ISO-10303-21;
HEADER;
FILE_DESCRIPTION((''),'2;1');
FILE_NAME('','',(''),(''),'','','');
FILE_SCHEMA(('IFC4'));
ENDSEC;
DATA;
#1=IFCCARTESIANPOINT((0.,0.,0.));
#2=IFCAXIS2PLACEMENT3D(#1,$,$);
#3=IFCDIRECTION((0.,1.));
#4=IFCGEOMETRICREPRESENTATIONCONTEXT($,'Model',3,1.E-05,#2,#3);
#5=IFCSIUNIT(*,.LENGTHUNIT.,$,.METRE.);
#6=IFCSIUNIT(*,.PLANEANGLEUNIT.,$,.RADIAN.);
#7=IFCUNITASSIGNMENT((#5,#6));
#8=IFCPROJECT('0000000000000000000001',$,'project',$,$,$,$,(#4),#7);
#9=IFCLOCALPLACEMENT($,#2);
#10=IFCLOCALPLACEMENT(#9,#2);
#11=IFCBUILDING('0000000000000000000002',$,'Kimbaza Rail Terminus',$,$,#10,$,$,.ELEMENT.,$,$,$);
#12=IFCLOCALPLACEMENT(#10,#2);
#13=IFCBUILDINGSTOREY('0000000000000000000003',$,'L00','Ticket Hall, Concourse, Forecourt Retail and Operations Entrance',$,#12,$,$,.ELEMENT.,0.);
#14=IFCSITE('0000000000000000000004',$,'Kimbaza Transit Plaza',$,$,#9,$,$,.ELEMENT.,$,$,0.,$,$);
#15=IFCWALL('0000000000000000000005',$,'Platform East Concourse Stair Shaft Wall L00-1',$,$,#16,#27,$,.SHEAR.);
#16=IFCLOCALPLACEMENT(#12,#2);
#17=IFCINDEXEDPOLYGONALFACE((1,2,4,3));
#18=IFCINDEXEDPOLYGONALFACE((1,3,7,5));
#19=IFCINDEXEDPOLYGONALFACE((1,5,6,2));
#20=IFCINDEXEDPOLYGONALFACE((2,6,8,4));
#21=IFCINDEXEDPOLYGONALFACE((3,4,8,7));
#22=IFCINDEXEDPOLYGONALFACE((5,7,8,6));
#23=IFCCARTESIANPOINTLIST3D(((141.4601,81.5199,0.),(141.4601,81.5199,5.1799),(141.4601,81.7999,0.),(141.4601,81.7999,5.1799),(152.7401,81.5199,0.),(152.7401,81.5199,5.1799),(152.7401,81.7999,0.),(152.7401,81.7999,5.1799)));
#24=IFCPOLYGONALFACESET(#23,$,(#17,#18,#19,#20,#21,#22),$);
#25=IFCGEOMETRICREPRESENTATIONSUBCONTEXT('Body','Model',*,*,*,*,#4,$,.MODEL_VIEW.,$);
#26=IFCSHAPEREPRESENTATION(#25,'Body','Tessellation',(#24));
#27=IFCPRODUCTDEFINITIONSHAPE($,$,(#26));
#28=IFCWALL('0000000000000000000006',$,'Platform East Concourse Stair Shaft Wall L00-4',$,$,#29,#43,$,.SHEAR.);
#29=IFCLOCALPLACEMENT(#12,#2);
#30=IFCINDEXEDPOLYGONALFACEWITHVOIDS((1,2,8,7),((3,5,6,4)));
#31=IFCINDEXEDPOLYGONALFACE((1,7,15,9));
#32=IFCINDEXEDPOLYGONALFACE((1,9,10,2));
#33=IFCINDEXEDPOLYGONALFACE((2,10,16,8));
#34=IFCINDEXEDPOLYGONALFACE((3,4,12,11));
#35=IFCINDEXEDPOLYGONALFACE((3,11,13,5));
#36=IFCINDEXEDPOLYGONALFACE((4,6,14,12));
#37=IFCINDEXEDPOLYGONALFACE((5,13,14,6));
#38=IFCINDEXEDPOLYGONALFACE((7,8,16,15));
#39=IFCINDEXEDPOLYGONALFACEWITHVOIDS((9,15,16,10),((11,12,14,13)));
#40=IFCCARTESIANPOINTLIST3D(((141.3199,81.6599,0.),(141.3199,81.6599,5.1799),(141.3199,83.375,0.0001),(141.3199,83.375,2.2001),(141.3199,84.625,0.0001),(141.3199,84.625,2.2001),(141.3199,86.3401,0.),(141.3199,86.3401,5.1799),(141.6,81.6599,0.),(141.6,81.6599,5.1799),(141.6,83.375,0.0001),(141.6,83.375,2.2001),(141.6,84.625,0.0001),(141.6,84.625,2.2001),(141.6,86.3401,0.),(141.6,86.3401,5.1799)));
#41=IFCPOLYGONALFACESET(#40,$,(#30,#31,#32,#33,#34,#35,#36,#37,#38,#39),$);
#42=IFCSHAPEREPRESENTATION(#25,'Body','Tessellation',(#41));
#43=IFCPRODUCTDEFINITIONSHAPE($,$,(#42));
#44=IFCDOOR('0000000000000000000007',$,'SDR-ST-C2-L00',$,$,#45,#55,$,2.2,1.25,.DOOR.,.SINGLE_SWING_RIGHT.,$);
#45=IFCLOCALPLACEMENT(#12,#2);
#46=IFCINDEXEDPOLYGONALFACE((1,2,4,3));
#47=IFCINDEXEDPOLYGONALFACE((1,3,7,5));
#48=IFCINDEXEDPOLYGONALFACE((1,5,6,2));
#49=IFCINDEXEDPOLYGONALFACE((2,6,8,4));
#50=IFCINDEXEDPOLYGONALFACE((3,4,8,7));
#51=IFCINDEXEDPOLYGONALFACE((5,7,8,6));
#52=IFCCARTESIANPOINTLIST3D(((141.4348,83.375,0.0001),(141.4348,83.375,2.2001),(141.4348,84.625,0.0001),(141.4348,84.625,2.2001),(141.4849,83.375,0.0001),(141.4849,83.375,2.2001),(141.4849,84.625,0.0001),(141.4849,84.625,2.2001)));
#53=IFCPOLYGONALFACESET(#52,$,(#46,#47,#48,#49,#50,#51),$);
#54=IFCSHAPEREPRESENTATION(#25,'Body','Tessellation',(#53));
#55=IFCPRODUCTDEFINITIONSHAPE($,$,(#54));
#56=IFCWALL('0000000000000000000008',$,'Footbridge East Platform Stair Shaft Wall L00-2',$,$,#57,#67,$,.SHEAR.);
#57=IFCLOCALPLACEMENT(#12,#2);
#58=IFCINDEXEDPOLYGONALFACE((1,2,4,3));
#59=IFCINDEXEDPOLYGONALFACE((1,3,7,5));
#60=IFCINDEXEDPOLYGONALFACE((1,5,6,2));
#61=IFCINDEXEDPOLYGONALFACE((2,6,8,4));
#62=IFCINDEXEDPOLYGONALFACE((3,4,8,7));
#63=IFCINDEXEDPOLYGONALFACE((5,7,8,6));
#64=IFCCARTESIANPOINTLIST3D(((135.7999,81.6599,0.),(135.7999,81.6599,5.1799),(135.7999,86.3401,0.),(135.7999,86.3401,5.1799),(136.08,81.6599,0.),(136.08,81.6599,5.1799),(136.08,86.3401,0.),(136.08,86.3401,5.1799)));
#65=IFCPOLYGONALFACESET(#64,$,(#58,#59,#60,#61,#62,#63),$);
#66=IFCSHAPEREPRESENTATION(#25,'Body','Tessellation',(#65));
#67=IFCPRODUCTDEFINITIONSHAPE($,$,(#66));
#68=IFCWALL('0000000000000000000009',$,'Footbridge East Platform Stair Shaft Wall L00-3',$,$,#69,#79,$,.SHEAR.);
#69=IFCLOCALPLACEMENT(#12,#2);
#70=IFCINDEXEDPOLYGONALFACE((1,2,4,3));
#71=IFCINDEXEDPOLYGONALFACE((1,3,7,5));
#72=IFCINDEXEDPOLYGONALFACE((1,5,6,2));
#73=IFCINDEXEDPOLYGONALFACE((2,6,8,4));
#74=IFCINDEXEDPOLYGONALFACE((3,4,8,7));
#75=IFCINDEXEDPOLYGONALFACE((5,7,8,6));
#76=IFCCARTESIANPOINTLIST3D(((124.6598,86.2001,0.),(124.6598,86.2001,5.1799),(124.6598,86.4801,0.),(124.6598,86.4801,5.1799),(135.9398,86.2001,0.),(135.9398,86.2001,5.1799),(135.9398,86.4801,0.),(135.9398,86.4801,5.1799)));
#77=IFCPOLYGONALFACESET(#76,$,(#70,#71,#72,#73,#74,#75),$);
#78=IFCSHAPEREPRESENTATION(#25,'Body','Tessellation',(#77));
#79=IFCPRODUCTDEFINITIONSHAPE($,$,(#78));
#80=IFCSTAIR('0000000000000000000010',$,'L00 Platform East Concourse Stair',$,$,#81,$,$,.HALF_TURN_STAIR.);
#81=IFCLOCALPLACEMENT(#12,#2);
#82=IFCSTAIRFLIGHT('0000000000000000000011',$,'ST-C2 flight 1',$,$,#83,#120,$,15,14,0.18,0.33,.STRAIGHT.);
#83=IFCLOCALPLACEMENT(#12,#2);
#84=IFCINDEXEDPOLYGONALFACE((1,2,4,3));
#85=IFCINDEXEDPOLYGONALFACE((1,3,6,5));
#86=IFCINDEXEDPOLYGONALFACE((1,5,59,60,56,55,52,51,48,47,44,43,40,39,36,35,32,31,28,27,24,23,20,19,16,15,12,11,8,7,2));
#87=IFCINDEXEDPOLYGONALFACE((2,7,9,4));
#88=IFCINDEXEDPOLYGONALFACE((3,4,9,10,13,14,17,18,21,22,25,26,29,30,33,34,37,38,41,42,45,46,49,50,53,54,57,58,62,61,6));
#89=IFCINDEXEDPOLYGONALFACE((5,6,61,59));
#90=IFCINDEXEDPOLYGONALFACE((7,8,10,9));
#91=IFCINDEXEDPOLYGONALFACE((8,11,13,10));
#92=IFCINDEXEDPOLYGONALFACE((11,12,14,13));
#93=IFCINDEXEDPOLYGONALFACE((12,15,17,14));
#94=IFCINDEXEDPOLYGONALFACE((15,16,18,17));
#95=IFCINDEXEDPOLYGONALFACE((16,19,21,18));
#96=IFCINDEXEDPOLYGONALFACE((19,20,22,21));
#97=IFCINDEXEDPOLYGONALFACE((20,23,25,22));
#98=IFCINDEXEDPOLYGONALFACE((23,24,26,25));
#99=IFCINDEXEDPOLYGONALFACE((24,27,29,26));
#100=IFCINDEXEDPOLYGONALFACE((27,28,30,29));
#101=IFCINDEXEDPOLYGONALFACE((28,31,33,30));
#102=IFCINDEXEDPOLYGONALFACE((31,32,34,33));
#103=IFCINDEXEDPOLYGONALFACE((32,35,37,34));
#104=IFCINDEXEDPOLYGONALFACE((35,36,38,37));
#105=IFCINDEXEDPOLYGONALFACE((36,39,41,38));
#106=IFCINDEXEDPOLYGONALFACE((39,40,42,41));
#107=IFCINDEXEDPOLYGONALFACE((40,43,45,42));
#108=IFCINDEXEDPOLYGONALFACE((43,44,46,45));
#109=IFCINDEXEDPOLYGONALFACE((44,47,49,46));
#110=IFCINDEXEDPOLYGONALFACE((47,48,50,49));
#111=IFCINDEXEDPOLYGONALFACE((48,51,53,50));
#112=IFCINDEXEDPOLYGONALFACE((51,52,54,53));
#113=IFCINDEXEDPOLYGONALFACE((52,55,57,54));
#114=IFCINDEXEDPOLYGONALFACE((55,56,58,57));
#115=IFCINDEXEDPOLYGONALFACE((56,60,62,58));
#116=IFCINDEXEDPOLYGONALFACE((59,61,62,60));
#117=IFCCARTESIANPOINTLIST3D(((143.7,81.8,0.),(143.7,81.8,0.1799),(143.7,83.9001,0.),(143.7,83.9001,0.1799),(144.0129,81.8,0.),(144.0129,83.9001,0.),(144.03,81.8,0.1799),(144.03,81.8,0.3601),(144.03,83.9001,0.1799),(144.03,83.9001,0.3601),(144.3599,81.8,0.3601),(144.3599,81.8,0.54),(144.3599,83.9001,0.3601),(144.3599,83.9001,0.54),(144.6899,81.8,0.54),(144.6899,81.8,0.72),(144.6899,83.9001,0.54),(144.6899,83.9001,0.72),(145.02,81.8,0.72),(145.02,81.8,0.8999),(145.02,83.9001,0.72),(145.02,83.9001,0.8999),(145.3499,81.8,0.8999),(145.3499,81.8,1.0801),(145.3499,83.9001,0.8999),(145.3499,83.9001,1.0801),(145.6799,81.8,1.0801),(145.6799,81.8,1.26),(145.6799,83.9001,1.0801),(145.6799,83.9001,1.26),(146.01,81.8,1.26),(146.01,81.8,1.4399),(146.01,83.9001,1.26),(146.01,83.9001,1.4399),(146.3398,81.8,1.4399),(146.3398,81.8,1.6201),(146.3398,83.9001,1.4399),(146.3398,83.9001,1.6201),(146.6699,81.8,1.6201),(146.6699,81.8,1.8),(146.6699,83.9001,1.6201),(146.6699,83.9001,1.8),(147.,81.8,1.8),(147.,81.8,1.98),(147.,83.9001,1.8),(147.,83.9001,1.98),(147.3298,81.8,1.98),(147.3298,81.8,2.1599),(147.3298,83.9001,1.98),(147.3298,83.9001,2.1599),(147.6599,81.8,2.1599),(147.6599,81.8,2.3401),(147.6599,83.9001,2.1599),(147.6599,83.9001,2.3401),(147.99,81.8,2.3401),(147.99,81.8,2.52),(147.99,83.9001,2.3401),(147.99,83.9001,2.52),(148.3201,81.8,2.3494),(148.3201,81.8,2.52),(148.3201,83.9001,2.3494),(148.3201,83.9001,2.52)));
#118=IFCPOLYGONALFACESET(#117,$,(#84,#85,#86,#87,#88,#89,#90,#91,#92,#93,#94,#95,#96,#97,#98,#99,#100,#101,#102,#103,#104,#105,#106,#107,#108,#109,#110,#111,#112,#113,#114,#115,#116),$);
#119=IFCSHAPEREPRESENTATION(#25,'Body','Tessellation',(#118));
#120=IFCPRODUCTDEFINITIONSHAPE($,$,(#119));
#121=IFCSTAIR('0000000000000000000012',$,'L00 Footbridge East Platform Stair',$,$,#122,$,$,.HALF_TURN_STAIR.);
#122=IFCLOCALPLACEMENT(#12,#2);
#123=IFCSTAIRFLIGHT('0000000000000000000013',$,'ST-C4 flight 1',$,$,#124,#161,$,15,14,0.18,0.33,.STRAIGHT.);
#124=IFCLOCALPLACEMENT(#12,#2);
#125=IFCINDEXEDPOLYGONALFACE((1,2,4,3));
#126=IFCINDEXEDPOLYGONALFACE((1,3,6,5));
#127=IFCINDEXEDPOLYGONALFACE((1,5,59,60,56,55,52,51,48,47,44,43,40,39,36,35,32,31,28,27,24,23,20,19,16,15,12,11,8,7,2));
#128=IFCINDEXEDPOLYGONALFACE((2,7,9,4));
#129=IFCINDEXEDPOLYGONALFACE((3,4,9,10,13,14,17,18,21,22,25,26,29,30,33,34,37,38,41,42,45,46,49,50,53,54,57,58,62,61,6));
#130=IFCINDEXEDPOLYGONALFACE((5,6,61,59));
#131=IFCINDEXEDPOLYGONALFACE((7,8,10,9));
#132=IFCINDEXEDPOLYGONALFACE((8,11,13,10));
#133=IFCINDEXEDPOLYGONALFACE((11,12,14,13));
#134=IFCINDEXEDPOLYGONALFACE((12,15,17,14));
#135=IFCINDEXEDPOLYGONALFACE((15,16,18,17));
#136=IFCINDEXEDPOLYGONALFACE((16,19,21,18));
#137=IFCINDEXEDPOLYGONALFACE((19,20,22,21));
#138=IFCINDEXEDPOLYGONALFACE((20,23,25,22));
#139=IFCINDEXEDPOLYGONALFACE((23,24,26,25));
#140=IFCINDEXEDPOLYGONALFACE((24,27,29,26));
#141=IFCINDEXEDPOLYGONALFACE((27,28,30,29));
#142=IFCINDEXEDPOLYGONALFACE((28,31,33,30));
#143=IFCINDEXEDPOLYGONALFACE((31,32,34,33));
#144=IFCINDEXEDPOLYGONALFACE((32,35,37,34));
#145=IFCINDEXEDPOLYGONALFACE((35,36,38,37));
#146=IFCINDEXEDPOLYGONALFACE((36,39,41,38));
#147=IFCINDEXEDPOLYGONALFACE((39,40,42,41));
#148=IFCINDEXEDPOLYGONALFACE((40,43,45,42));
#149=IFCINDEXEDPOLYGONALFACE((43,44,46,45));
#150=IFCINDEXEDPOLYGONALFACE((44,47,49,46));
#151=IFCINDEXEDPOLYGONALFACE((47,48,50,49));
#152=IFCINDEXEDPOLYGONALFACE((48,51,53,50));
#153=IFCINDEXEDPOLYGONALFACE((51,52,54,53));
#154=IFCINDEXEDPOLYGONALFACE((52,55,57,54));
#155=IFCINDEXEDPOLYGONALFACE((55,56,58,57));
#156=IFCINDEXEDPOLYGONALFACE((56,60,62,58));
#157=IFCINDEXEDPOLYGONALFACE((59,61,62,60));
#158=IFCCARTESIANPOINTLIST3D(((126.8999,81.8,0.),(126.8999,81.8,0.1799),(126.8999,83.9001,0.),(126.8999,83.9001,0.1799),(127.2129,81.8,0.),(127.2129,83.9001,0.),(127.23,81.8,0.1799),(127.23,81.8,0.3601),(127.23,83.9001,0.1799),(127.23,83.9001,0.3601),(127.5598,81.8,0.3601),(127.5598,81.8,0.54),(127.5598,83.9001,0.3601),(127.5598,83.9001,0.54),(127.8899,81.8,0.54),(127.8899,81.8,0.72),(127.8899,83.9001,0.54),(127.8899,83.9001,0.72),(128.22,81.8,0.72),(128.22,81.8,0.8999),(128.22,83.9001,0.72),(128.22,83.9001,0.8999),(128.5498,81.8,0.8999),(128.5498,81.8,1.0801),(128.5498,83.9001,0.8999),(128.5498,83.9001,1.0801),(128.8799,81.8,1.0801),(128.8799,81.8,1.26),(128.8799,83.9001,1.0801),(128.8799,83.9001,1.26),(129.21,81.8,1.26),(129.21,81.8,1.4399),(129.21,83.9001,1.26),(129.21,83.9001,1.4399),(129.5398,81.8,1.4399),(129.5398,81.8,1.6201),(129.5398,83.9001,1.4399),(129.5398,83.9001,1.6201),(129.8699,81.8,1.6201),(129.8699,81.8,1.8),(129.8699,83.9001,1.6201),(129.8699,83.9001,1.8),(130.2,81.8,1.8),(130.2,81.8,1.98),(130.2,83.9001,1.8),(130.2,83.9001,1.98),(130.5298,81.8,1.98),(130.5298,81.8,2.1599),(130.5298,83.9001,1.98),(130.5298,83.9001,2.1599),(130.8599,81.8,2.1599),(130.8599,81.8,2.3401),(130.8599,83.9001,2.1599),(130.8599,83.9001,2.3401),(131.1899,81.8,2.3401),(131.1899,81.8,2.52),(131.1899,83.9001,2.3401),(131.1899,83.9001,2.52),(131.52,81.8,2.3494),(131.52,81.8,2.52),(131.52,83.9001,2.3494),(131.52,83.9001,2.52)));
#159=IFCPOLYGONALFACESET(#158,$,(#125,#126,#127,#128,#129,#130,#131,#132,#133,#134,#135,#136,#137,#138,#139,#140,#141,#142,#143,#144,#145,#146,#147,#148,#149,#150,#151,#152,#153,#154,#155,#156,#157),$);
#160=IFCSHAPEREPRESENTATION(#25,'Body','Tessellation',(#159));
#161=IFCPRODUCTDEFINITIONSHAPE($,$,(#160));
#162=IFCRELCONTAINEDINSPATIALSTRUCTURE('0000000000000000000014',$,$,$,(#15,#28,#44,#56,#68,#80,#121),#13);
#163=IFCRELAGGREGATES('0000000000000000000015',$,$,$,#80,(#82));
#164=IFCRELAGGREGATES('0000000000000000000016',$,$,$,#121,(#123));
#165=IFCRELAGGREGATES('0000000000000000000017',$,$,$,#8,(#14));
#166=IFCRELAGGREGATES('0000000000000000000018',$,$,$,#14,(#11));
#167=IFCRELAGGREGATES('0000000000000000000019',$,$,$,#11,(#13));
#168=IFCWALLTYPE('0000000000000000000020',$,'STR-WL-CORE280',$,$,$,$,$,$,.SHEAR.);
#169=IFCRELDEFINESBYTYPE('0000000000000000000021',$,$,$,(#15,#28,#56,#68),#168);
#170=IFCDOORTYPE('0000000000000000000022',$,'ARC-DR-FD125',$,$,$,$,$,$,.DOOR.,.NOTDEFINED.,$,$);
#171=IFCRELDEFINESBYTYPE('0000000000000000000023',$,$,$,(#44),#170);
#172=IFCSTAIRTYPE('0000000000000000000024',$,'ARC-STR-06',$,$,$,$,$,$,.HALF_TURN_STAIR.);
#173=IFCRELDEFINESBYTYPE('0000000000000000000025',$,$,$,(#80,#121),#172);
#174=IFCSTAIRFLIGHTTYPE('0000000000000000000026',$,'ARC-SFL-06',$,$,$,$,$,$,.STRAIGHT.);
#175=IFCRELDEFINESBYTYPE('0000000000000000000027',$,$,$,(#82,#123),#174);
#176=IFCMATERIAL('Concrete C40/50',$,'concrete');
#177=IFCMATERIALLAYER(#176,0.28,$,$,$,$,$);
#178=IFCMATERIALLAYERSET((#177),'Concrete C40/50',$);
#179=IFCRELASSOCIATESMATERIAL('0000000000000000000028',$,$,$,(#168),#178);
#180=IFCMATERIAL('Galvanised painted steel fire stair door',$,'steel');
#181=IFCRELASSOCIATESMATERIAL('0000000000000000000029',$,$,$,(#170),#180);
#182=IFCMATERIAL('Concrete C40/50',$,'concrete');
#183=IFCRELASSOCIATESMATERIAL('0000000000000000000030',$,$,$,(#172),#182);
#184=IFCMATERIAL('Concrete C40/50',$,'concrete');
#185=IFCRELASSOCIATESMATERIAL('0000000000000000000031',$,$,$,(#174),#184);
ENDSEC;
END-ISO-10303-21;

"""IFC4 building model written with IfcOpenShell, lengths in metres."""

from ifc_helpers import new_model, si_unit, direction, frame, frame_2d, origin, place, context, subcontext, project, spatial, polyline, rectangle, outline, extrude, material, layer, layer_set, type_object, element, fill, aggregate, save


model = new_model("IFC4")

# Units and contexts
model_context = context("Model", 3, precision=1e-05, world=origin(), true_north=direction((0.0, 1.0)))
body_context = subcontext(model_context, "Body", "Model", "MODEL_VIEW")
ifc_project = project(units=[si_unit("LENGTHUNIT", "METRE"), si_unit("PLANEANGLEUNIT", "RADIAN")], contexts=[model_context])

# Site, building, storey
site_placement = place(None, origin())
site = spatial("IfcSite", under=ifc_project, at=site_placement, Name="Kimbaza Transit Plaza", CompositionType="ELEMENT", RefElevation=0.0)
building_placement = place(site_placement, origin())
building = spatial("IfcBuilding", under=site, at=building_placement, Name="Kimbaza Rail Terminus", CompositionType="ELEMENT")
storey_placement = place(building_placement, origin())
storey = spatial("IfcBuildingStorey", under=building, at=storey_placement, Name="L00", Description="Ticket Hall, Concourse, Forecourt Retail and Operations Entrance", CompositionType="ELEMENT", Elevation=0.0)

# Wall
ifc_material_1 = material(Name="Concrete C40/50", Category="concrete")
ifc_layer = layer(ifc_material_1, 0.28)
ifc_layer_set = layer_set([ifc_layer], Name="Concrete C40/50")
wall_type = type_object("IfcWallType", Name="STR-WL-CORE280", PredefinedType="SHEAR", material=ifc_layer_set)
wall_1_placement = place(storey_placement, frame((141.46, 81.6599, 0.0), z_axis=(0.0, 0.0, 1.0), x_axis=(1.0, 0.0, 0.0)))
element("IfcWall", 1, at=wall_1_placement, inside=storey, type_object=wall_type, Name="Platform East Concourse Stair Shaft Wall L00-1", PredefinedType="SHEAR", context=body_context, shape_type="SweptSolid", body=[
    extrude(rectangle(XDim=11.28, YDim=0.28, at=frame_2d((5.6401, 0.0))), origin(), (0.0, 0.0, 1.0), 5.1799),
])

# Wall, opening, door
wall_2_placement = place(storey_placement, frame((141.46, 86.3401, 0.0), z_axis=(0.0, 0.0, 1.0), x_axis=(0.0, -1.0, 0.0)))
wall_2 = element("IfcWall", 2, at=wall_2_placement, inside=storey, type_object=wall_type, Name="Platform East Concourse Stair Shaft Wall L00-4", PredefinedType="SHEAR", context=body_context, shape_type="SweptSolid", body=[
    extrude(rectangle(XDim=4.6802, YDim=0.28, at=frame_2d((2.3401, 0.0))), origin(), (0.0, 0.0, 1.0), 5.1799),
])
opening_placement = place(wall_2_placement, frame((1.7151, 0.0, 0.0)))
opening = element("IfcOpeningElement", 3, at=opening_placement, cuts=wall_2, PredefinedType="OPENING", context=body_context, shape_type="SweptSolid", body=[
    extrude(rectangle(XDim=1.25, YDim=2.2, at=frame_2d((0.625, 1.1001))), frame((0.0, 0.1499, 0.0), z_axis=(0.0, -1.0, 0.0), x_axis=(1.0, 0.0, 0.0)), (0.0, 0.0, 1.0), 0.3),
])
ifc_material_2 = material(Name="Galvanised painted steel fire stair door", Category="steel")
door_type = type_object("IfcDoorType", Name="ARC-DR-FD125", OperationType="NOTDEFINED", PredefinedType="DOOR", material=ifc_material_2)
door_placement = place(opening_placement, origin())
door = element("IfcDoor", 4, at=door_placement, inside=storey, type_object=door_type, Name="SDR-ST-C2-L00", OperationType="SINGLE_SWING_RIGHT", OverallHeight=2.2, OverallWidth=1.25, PredefinedType="DOOR", context=body_context, shape_type="SweptSolid", body=[
    extrude(rectangle(XDim=1.25, YDim=2.2, at=frame_2d((0.625, 1.1001))), frame((0.0, 0.0249, 0.0), z_axis=(0.0, -1.0, 0.0), x_axis=(1.0, 0.0, 0.0)), (0.0, 0.0, 1.0), 0.05),
])
fill(opening, door)

# Walls
wall_3_placement = place(storey_placement, frame((135.9399, 81.6599, 0.0), z_axis=(0.0, 0.0, 1.0), x_axis=(0.0, 1.0, 0.0)))
element("IfcWall", 5, at=wall_3_placement, inside=storey, type_object=wall_type, Name="Footbridge East Platform Stair Shaft Wall L00-2", PredefinedType="SHEAR", context=body_context, shape_type="SweptSolid", body=[
    extrude(rectangle(XDim=4.6802, YDim=0.28, at=frame_2d((2.3401, 0.0))), origin(), (0.0, 0.0, 1.0), 5.1799),
])
wall_4_placement = place(storey_placement, frame((135.9399, 86.3401, 0.0), z_axis=(0.0, 0.0, 1.0), x_axis=(-1.0, 0.0, 0.0)))
element("IfcWall", 6, at=wall_4_placement, inside=storey, type_object=wall_type, Name="Footbridge East Platform Stair Shaft Wall L00-3", PredefinedType="SHEAR", context=body_context, shape_type="SweptSolid", body=[
    extrude(rectangle(XDim=11.28, YDim=0.28, at=frame_2d((5.6401, 0.0))), origin(), (0.0, 0.0, 1.0), 5.1799),
])

# Stair, stair flight
ifc_material_3 = material(Name="Concrete C40/50", Category="concrete")
stair_type = type_object("IfcStairType", Name="ARC-STR-06", PredefinedType="HALF_TURN_STAIR", material=ifc_material_3)
stair_1_placement = place(storey_placement, origin())
stair_1 = element("IfcStair", 7, at=stair_1_placement, inside=storey, type_object=stair_type, Name="L00 Platform East Concourse Stair", PredefinedType="HALF_TURN_STAIR")
ifc_material_4 = material(Name="Concrete C40/50", Category="concrete")
stair_flight_type = type_object("IfcStairFlightType", Name="ARC-SFL-06", PredefinedType="STRAIGHT", material=ifc_material_4)
stair_flight_1_placement = place(storey_placement, frame((143.7, 82.8501, 0.0), z_axis=(0.0, 0.0, 1.0), x_axis=(1.0, 0.0, 0.0)))
stair_flight_1 = element("IfcStairFlight", 8, at=stair_flight_1_placement, type_object=stair_flight_type, Name="ST-C2 flight 1", NumberOfRisers=15, NumberOfTreads=14, PredefinedType="STRAIGHT", RiserHeight=0.18, TreadLength=0.33, context=body_context, shape_type="SweptSolid", body=[
    extrude(outline(polyline([(0.0, 0.0), (0.0, 0.1799), (0.3301, 0.1799), (0.3301, 0.3601), (0.6599, 0.3601), (0.6599, 0.54), (0.99, 0.54), (0.99, 0.72), (1.3201, 0.72), (1.3201, 0.8999), (1.6499, 0.8999), (1.6499, 1.0801), (1.98, 1.0801), (1.98, 1.26), (2.3101, 1.26), (2.3101, 1.4399), (2.6399, 1.4399), (2.6399, 1.6201), (2.97, 1.6201), (2.97, 1.8), (3.3, 1.8), (3.3, 1.98), (3.6299, 1.98), (3.6299, 2.1599), (3.96, 2.1599), (3.96, 2.3401), (4.29, 2.3401), (4.29, 2.52), (4.6201, 2.52), (4.6201, 2.7), (4.6201, 2.3494), (0.313, 0.0), (0.0, 0.0)])), frame((0.0, 1.05, 0.0), z_axis=(0.0, -1.0, 0.0), x_axis=(1.0, 0.0, 0.0)), (0.0, 0.0, 1.0), 2.1001),
])
aggregate(stair_1, [stair_flight_1])

# Stair, stair flight
stair_2_placement = place(storey_placement, origin())
stair_2 = element("IfcStair", 9, at=stair_2_placement, inside=storey, type_object=stair_type, Name="L00 Footbridge East Platform Stair", PredefinedType="HALF_TURN_STAIR")
stair_flight_2_placement = place(storey_placement, frame((126.8999, 82.8501, 0.0), z_axis=(0.0, 0.0, 1.0), x_axis=(1.0, 0.0, 0.0)))
stair_flight_2 = element("IfcStairFlight", 10, at=stair_flight_2_placement, type_object=stair_flight_type, Name="ST-C4 flight 1", NumberOfRisers=15, NumberOfTreads=14, PredefinedType="STRAIGHT", RiserHeight=0.18, TreadLength=0.33, context=body_context, shape_type="SweptSolid", body=[
    extrude(outline(polyline([(0.0, 0.0), (0.0, 0.1799), (0.3301, 0.1799), (0.3301, 0.3601), (0.6599, 0.3601), (0.6599, 0.54), (0.99, 0.54), (0.99, 0.72), (1.3201, 0.72), (1.3201, 0.8999), (1.6499, 0.8999), (1.6499, 1.0801), (1.98, 1.0801), (1.98, 1.26), (2.3101, 1.26), (2.3101, 1.4399), (2.6399, 1.4399), (2.6399, 1.6201), (2.97, 1.6201), (2.97, 1.8), (3.3, 1.8), (3.3, 1.98), (3.6299, 1.98), (3.6299, 2.1599), (3.96, 2.1599), (3.96, 2.3401), (4.29, 2.3401), (4.29, 2.52), (4.6201, 2.52), (4.6201, 2.7), (4.6201, 2.3494), (0.313, 0.0), (0.0, 0.0)])), frame((0.0, 1.05, 0.0), z_axis=(0.0, -1.0, 0.0), x_axis=(1.0, 0.0, 0.0)), (0.0, 0.0, 1.0), 2.1001),
])
aggregate(stair_2, [stair_flight_2])

save(model, "model.ifc")
